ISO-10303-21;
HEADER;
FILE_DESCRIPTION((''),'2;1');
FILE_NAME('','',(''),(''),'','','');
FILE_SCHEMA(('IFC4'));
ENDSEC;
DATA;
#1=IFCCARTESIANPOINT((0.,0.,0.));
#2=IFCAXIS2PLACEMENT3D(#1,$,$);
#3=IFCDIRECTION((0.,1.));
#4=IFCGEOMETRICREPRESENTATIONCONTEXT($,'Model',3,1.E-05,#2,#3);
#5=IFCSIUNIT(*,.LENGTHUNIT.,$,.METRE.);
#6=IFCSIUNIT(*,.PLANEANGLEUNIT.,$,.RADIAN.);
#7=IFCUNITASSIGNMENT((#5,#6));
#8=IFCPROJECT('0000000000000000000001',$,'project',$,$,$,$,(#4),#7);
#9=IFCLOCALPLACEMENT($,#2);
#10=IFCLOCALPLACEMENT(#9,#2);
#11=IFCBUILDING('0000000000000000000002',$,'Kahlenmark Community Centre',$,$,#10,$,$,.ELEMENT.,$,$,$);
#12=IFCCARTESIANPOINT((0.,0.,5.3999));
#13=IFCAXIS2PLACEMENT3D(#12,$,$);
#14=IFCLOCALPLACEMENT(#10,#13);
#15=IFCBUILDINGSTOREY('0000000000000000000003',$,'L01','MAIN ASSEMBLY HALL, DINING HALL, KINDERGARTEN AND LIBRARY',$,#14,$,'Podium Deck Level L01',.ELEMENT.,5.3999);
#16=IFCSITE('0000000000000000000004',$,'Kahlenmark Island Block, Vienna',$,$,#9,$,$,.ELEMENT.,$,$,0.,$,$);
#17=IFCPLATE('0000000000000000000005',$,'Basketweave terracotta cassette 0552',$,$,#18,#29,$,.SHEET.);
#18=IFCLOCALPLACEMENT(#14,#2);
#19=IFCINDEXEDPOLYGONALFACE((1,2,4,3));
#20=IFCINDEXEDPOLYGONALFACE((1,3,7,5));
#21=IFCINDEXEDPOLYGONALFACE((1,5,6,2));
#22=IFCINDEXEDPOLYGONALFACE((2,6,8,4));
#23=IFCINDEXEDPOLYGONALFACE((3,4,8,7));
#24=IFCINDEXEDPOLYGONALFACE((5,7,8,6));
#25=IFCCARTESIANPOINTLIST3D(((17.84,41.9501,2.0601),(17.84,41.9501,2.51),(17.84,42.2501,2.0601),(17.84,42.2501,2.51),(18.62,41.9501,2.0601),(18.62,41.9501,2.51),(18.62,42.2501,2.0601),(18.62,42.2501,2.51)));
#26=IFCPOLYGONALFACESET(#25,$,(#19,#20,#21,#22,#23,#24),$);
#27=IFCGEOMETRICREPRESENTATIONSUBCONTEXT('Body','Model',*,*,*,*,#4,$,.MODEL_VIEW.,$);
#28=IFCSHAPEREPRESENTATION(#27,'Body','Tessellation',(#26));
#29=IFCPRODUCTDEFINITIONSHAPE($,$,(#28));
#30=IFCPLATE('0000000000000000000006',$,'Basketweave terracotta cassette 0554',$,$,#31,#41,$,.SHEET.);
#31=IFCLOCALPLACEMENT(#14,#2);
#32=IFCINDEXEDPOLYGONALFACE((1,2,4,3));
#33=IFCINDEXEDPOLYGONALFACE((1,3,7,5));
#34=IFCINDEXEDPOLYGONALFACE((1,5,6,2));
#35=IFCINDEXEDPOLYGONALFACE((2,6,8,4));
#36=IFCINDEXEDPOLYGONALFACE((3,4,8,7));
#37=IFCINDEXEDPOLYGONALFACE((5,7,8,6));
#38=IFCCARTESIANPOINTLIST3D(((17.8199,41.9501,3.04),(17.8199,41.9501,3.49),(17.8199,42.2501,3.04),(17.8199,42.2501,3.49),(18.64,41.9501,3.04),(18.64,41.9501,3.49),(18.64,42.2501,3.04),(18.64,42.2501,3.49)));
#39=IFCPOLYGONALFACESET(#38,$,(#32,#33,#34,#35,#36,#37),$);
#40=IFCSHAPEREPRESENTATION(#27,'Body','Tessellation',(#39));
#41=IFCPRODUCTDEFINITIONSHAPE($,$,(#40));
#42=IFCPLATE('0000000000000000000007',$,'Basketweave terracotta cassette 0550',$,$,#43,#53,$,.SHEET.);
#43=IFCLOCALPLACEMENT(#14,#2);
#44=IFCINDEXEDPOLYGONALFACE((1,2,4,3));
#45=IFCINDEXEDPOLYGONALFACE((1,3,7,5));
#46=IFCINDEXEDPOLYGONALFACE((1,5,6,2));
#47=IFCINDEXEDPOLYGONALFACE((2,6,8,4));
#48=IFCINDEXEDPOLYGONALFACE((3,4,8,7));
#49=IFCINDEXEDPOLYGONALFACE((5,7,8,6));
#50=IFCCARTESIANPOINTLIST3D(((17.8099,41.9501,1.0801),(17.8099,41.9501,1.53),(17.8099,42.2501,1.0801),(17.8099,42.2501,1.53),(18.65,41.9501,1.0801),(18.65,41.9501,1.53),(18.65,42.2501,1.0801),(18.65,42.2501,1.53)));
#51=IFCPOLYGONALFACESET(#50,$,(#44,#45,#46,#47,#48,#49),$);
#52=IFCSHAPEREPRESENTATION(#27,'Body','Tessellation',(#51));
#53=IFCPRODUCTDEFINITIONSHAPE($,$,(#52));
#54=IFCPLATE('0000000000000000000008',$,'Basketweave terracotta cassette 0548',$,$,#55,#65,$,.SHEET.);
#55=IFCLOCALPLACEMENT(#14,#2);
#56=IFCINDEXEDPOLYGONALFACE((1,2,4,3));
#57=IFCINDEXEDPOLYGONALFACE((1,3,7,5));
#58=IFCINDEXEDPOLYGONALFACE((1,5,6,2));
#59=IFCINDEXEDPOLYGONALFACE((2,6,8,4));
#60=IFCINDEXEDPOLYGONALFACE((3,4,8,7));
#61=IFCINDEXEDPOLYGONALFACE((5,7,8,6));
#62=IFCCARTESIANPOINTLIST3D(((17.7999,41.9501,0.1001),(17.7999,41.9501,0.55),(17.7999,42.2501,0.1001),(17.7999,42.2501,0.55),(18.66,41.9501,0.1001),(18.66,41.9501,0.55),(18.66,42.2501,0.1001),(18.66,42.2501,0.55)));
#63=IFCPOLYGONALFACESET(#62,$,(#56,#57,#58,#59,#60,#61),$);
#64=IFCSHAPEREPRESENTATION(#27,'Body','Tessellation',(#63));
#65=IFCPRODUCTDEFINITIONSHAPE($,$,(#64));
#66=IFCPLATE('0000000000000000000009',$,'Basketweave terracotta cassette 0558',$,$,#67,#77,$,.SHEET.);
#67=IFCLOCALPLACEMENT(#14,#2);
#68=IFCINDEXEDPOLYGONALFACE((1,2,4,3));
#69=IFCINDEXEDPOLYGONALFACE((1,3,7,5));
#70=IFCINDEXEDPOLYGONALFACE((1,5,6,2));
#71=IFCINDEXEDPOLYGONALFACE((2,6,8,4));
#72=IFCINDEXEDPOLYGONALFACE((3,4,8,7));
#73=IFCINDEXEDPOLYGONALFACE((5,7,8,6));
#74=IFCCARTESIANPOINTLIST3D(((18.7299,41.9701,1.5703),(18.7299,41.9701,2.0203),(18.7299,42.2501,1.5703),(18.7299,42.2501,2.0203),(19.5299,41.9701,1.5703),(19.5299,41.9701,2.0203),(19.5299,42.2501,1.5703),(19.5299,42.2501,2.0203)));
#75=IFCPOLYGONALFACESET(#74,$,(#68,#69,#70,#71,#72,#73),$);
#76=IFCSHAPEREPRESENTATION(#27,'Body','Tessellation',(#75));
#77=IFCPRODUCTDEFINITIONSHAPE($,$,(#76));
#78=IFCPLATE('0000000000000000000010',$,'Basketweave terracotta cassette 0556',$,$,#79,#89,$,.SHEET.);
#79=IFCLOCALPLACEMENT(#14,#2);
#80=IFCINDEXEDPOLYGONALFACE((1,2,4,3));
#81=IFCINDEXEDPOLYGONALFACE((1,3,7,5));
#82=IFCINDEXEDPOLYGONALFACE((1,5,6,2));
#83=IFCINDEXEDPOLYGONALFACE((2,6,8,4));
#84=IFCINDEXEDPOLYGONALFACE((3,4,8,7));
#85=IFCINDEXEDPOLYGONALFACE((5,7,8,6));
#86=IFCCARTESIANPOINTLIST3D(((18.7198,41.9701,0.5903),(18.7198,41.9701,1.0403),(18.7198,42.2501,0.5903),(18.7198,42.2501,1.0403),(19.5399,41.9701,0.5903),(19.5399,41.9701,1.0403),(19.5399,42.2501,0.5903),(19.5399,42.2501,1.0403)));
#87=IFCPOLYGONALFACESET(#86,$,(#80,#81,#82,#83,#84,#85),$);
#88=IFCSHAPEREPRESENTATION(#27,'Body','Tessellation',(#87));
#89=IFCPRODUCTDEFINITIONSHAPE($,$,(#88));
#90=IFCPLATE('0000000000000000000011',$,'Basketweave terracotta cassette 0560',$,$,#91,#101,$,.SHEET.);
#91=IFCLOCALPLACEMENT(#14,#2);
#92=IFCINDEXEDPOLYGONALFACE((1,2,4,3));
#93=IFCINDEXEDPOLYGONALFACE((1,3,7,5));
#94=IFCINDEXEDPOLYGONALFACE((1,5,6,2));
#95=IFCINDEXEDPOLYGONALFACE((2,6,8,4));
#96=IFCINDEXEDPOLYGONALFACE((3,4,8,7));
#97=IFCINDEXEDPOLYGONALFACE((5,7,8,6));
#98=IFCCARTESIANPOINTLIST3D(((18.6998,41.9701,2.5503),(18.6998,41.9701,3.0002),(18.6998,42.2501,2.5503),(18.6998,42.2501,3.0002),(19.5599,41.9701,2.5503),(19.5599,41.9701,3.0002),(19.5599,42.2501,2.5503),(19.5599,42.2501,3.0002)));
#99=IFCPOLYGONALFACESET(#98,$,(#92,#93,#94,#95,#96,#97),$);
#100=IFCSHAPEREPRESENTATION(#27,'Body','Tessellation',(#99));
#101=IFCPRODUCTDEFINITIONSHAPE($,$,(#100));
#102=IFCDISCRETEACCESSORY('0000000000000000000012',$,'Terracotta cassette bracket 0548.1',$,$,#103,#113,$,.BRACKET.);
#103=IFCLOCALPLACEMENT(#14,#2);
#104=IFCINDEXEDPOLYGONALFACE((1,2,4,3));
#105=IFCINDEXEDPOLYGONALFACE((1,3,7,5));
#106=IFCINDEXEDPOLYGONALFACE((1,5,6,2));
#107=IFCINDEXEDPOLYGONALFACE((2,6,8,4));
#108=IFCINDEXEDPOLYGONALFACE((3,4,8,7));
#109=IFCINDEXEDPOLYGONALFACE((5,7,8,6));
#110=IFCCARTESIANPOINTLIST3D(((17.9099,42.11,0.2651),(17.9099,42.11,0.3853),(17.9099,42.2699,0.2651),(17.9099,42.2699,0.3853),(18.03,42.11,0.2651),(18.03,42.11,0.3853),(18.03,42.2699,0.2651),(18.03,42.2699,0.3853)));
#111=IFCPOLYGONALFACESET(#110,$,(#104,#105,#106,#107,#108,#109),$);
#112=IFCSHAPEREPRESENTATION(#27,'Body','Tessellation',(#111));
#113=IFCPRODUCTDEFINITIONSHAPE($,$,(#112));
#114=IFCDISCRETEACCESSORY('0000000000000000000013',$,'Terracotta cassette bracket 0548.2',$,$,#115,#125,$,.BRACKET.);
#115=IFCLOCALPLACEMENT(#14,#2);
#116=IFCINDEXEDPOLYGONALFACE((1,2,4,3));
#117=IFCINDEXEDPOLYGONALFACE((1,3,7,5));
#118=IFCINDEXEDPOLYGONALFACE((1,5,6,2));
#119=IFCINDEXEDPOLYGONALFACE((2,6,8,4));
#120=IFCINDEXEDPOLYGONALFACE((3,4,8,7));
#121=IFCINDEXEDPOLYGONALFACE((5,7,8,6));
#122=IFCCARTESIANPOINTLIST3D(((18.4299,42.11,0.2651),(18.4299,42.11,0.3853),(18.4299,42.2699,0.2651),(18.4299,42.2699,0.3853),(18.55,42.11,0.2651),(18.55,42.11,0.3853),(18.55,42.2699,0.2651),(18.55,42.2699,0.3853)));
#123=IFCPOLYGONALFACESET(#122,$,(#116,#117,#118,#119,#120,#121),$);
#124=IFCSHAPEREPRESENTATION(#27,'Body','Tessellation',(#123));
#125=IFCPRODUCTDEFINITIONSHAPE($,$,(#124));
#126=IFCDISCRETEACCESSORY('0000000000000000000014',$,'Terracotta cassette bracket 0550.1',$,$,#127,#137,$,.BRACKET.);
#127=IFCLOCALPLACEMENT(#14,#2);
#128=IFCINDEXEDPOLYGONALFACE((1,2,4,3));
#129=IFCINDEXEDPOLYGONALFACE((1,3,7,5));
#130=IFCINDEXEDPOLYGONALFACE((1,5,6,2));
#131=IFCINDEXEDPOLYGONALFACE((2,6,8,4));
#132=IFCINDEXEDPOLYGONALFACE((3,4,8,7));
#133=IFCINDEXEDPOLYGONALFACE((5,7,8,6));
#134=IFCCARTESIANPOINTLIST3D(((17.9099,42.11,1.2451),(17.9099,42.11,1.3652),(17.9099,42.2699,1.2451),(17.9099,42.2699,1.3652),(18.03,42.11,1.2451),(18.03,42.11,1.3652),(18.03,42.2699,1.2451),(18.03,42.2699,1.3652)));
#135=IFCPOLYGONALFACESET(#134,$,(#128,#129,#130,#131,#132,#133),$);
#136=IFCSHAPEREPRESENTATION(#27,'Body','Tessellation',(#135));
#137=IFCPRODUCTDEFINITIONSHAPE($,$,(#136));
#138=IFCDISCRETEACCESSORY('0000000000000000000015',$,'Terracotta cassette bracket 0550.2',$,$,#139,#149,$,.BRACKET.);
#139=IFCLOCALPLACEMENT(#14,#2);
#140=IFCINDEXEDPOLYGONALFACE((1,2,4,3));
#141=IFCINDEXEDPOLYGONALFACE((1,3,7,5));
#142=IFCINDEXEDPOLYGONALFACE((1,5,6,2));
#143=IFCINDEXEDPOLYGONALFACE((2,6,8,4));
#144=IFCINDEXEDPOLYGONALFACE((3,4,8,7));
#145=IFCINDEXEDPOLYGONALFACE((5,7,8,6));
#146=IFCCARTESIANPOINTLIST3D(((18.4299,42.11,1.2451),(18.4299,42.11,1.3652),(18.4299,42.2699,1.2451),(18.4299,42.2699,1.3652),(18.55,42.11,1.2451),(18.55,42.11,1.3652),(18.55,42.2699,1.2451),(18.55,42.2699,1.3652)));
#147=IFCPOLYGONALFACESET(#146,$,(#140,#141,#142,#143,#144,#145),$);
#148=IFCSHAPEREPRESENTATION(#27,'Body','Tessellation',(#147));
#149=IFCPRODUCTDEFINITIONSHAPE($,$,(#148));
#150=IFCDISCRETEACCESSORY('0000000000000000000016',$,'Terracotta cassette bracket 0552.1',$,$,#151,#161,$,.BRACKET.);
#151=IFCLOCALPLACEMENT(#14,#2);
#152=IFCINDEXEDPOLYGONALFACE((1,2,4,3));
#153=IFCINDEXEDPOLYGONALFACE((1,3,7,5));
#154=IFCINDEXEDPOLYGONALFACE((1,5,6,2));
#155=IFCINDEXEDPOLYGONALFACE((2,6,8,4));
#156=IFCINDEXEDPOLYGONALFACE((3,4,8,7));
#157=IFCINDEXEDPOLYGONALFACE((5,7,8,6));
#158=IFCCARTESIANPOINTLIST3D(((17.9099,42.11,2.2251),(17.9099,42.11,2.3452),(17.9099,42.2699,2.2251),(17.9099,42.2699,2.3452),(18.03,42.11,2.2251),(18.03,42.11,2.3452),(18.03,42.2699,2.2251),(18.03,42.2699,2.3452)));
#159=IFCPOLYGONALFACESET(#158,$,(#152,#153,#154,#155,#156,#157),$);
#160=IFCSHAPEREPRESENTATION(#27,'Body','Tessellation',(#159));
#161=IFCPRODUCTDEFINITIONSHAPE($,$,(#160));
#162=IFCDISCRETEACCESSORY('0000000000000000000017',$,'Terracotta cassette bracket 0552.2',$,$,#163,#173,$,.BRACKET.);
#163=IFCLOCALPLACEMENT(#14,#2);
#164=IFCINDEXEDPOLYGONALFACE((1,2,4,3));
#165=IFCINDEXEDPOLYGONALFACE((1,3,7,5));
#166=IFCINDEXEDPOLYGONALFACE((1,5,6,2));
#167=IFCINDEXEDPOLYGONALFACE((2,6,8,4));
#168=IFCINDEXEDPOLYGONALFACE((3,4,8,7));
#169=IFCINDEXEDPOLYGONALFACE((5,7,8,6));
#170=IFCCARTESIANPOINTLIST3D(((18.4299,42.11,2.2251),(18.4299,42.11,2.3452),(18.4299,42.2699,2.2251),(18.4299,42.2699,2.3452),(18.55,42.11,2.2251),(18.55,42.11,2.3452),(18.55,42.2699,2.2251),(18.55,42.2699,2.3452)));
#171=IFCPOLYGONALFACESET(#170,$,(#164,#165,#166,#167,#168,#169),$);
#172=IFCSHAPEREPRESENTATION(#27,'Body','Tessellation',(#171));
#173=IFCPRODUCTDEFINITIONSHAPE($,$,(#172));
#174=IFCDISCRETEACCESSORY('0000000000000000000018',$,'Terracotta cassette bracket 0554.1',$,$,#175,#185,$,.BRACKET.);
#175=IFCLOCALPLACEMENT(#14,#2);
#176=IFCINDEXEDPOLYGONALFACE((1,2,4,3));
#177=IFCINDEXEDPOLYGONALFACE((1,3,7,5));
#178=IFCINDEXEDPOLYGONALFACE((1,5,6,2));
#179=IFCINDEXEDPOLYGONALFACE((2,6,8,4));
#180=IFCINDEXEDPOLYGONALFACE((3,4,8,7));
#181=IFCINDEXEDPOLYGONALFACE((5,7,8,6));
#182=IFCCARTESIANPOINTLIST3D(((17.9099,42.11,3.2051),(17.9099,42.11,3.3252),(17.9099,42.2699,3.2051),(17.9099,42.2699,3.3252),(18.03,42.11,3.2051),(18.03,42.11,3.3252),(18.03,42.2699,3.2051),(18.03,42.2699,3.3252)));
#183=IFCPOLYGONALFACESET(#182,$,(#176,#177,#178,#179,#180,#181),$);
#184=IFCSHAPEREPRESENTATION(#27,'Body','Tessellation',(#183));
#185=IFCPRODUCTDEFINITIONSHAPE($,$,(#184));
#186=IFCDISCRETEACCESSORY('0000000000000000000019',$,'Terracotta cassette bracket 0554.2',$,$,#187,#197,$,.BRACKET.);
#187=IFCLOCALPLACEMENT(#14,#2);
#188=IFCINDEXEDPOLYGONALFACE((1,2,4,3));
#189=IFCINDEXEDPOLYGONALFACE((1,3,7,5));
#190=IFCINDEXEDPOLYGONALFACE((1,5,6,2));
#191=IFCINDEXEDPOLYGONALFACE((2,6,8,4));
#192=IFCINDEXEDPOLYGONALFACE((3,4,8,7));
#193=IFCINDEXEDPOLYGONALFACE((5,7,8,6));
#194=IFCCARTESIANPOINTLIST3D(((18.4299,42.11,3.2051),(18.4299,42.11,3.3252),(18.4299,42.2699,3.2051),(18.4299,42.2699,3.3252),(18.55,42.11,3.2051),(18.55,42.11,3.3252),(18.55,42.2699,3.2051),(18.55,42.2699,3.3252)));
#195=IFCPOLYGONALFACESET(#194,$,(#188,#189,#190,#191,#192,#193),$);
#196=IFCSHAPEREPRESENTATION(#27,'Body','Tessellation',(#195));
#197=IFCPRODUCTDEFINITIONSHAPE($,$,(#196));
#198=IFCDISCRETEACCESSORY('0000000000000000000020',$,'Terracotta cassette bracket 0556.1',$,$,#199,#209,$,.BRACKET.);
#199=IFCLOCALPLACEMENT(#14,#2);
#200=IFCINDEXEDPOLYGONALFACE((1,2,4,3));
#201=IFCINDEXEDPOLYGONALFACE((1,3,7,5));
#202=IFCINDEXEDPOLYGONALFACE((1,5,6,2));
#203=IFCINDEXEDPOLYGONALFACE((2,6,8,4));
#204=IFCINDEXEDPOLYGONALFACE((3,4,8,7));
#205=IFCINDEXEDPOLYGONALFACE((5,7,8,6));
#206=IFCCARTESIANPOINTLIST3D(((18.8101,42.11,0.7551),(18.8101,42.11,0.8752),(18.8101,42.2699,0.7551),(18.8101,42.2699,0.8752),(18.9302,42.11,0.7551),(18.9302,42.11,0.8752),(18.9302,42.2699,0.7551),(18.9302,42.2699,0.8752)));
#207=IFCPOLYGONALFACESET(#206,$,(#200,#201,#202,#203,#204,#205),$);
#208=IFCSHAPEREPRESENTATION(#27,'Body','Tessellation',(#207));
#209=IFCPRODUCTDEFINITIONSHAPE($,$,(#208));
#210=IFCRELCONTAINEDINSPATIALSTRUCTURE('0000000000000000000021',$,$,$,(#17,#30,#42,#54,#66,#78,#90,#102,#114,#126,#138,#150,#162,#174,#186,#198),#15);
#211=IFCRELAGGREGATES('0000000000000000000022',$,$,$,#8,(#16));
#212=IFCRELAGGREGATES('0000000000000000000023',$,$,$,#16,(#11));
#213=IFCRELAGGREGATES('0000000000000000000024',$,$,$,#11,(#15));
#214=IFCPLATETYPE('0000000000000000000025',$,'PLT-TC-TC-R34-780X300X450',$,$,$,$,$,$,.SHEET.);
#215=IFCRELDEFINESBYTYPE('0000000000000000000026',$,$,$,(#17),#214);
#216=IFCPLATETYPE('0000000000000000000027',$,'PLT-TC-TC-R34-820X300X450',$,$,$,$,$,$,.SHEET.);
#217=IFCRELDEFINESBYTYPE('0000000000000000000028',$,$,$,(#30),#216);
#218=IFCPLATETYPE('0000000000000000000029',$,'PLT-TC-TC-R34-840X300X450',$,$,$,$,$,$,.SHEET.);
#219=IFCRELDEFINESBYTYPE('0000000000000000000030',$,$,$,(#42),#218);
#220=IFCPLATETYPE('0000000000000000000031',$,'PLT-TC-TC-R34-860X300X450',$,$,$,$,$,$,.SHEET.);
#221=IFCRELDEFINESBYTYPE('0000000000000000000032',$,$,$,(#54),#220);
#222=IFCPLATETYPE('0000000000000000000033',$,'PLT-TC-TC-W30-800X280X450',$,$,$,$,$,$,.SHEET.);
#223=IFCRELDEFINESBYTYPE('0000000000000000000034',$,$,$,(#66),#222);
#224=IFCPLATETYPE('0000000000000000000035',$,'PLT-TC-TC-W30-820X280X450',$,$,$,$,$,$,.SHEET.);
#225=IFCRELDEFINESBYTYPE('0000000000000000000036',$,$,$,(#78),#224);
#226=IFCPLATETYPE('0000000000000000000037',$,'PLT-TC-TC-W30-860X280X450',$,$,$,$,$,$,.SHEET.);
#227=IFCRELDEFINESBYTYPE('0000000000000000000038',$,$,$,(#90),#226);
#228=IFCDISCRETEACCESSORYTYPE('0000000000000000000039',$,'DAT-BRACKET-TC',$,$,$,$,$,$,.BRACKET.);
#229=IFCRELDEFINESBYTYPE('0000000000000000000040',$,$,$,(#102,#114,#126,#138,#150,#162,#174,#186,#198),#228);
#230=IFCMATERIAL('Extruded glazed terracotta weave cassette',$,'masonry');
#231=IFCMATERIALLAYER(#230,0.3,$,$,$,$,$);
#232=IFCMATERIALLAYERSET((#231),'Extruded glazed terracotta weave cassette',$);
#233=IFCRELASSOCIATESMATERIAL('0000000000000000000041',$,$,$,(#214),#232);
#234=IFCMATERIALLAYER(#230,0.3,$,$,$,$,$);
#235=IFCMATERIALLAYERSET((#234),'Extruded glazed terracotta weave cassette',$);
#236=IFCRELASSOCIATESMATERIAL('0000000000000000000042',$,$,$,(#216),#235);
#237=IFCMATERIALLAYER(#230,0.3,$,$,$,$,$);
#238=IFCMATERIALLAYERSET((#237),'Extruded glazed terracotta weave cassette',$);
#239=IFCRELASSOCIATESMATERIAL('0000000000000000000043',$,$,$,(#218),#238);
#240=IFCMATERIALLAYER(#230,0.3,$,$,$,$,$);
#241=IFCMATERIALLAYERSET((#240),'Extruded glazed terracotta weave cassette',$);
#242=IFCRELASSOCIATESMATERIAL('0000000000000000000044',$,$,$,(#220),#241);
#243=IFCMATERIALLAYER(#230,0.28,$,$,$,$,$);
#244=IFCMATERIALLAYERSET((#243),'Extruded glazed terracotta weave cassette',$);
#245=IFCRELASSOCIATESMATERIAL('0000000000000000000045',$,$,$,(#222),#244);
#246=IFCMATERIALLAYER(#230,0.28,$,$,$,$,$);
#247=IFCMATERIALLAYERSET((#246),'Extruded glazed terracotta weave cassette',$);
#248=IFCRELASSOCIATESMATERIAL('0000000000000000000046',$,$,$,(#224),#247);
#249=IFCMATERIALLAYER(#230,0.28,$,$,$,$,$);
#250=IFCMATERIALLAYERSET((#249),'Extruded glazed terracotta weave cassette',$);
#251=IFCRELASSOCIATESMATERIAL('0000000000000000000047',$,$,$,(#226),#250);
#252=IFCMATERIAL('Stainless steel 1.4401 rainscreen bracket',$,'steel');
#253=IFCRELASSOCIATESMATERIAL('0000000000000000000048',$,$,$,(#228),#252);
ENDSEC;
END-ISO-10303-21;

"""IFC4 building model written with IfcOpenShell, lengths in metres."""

from ifc_helpers import new_model, si_unit, direction, frame, origin, origin_2d, place, context, subcontext, project, spatial, rectangle, extrude, material, layer, layer_set, type_object, element, save


model = new_model("IFC4")

# Units and contexts
model_context = context("Model", 3, precision=1e-05, world=origin(), true_north=direction((0.0, 1.0)))
body_context = subcontext(model_context, "Body", "Model", "MODEL_VIEW")
ifc_project = project(units=[si_unit("LENGTHUNIT", "METRE"), si_unit("PLANEANGLEUNIT", "RADIAN")], contexts=[model_context])

# Site, building, storey
site_placement = place(None, origin())
site = spatial("IfcSite", under=ifc_project, at=site_placement, Name="Kahlenmark Island Block, Vienna", CompositionType="ELEMENT", RefElevation=0.0)
building_placement = place(site_placement, origin())
building = spatial("IfcBuilding", under=site, at=building_placement, Name="Kahlenmark Community Centre", CompositionType="ELEMENT")
storey_placement = place(building_placement, frame((0.0, 0.0, 5.3999)))
storey = spatial("IfcBuildingStorey", under=building, at=storey_placement, Name="L01", Description="MAIN ASSEMBLY HALL, DINING HALL, KINDERGARTEN AND LIBRARY", LongName="Podium Deck Level L01", CompositionType="ELEMENT", Elevation=5.3999)

# Plates
ifc_material_1 = material(Name="Extruded glazed terracotta weave cassette", Category="masonry")
ifc_layer_1 = layer(ifc_material_1, 0.3)
ifc_layer_set_1 = layer_set([ifc_layer_1], Name="Extruded glazed terracotta weave cassette")
plate_type_1 = type_object("IfcPlateType", Name="PLT-TC-TC-R34-780X300X450", PredefinedType="SHEET", material=ifc_layer_set_1)
plate_1_placement = place(storey_placement, frame((18.23, 42.1001, 2.0601), z_axis=(0.0, 0.0, 1.0), x_axis=(1.0, 0.0, 0.0)))
element("IfcPlate", 1, at=plate_1_placement, inside=storey, type_object=plate_type_1, Name="Basketweave terracotta cassette 0552", PredefinedType="SHEET", context=body_context, shape_type="SweptSolid", body=[
    extrude(rectangle(XDim=0.78, YDim=0.3, at=origin_2d()), origin(), (0.0, 0.0, 1.0), 0.45),
])
ifc_layer_2 = layer(ifc_material_1, 0.3)
ifc_layer_set_2 = layer_set([ifc_layer_2], Name="Extruded glazed terracotta weave cassette")
plate_type_2 = type_object("IfcPlateType", Name="PLT-TC-TC-R34-820X300X450", PredefinedType="SHEET", material=ifc_layer_set_2)
plate_2_placement = place(storey_placement, frame((18.23, 42.1001, 3.04), z_axis=(0.0, 0.0, 1.0), x_axis=(1.0, 0.0, 0.0)))
element("IfcPlate", 2, at=plate_2_placement, inside=storey, type_object=plate_type_2, Name="Basketweave terracotta cassette 0554", PredefinedType="SHEET", context=body_context, shape_type="SweptSolid", body=[
    extrude(rectangle(XDim=0.8201, YDim=0.3, at=origin_2d()), origin(), (0.0, 0.0, 1.0), 0.45),
])
ifc_layer_3 = layer(ifc_material_1, 0.3)
ifc_layer_set_3 = layer_set([ifc_layer_3], Name="Extruded glazed terracotta weave cassette")
plate_type_3 = type_object("IfcPlateType", Name="PLT-TC-TC-R34-840X300X450", PredefinedType="SHEET", material=ifc_layer_set_3)
plate_3_placement = place(storey_placement, frame((18.23, 42.1001, 1.0801), z_axis=(0.0, 0.0, 1.0), x_axis=(1.0, 0.0, 0.0)))
element("IfcPlate", 3, at=plate_3_placement, inside=storey, type_object=plate_type_3, Name="Basketweave terracotta cassette 0550", PredefinedType="SHEET", context=body_context, shape_type="SweptSolid", body=[
    extrude(rectangle(XDim=0.8401, YDim=0.3, at=origin_2d()), origin(), (0.0, 0.0, 1.0), 0.45),
])
ifc_layer_4 = layer(ifc_material_1, 0.3)
ifc_layer_set_4 = layer_set([ifc_layer_4], Name="Extruded glazed terracotta weave cassette")
plate_type_4 = type_object("IfcPlateType", Name="PLT-TC-TC-R34-860X300X450", PredefinedType="SHEET", material=ifc_layer_set_4)
plate_4_placement = place(storey_placement, frame((18.23, 42.1001, 0.1001), z_axis=(0.0, 0.0, 1.0), x_axis=(1.0, 0.0, 0.0)))
element("IfcPlate", 4, at=plate_4_placement, inside=storey, type_object=plate_type_4, Name="Basketweave terracotta cassette 0548", PredefinedType="SHEET", context=body_context, shape_type="SweptSolid", body=[
    extrude(rectangle(XDim=0.8601, YDim=0.3, at=origin_2d()), origin(), (0.0, 0.0, 1.0), 0.45),
])
ifc_layer_5 = layer(ifc_material_1, 0.28)
ifc_layer_set_5 = layer_set([ifc_layer_5], Name="Extruded glazed terracotta weave cassette")
plate_type_5 = type_object("IfcPlateType", Name="PLT-TC-TC-W30-800X280X450", PredefinedType="SHEET", material=ifc_layer_set_5)
plate_5_placement = place(storey_placement, frame((19.1299, 42.1101, 1.5703), z_axis=(0.0, 0.0, 1.0), x_axis=(1.0, 0.0, 0.0)))
element("IfcPlate", 5, at=plate_5_placement, inside=storey, type_object=plate_type_5, Name="Basketweave terracotta cassette 0558", PredefinedType="SHEET", context=body_context, shape_type="SweptSolid", body=[
    extrude(rectangle(XDim=0.8, YDim=0.28, at=origin_2d()), origin(), (0.0, 0.0, 1.0), 0.45),
])
ifc_layer_6 = layer(ifc_material_1, 0.28)
ifc_layer_set_6 = layer_set([ifc_layer_6], Name="Extruded glazed terracotta weave cassette")
plate_type_6 = type_object("IfcPlateType", Name="PLT-TC-TC-W30-820X280X450", PredefinedType="SHEET", material=ifc_layer_set_6)
plate_6_placement = place(storey_placement, frame((19.1299, 42.1101, 0.5903), z_axis=(0.0, 0.0, 1.0), x_axis=(1.0, 0.0, 0.0)))
element("IfcPlate", 6, at=plate_6_placement, inside=storey, type_object=plate_type_6, Name="Basketweave terracotta cassette 0556", PredefinedType="SHEET", context=body_context, shape_type="SweptSolid", body=[
    extrude(rectangle(XDim=0.8201, YDim=0.28, at=origin_2d()), origin(), (0.0, 0.0, 1.0), 0.45),
])
ifc_layer_7 = layer(ifc_material_1, 0.28)
ifc_layer_set_7 = layer_set([ifc_layer_7], Name="Extruded glazed terracotta weave cassette")
plate_type_7 = type_object("IfcPlateType", Name="PLT-TC-TC-W30-860X280X450", PredefinedType="SHEET", material=ifc_layer_set_7)
plate_7_placement = place(storey_placement, frame((19.1299, 42.1101, 2.5503), z_axis=(0.0, 0.0, 1.0), x_axis=(1.0, 0.0, 0.0)))
element("IfcPlate", 7, at=plate_7_placement, inside=storey, type_object=plate_type_7, Name="Basketweave terracotta cassette 0560", PredefinedType="SHEET", context=body_context, shape_type="SweptSolid", body=[
    extrude(rectangle(XDim=0.8601, YDim=0.28, at=origin_2d()), origin(), (0.0, 0.0, 1.0), 0.45),
])

# Discrete accessories
ifc_material_2 = material(Name="Stainless steel 1.4401 rainscreen bracket", Category="steel")
discrete_accessory_type = type_object("IfcDiscreteAccessoryType", Name="DAT-BRACKET-TC", PredefinedType="BRACKET", material=ifc_material_2)
for number, where, z_axis, x_axis, name in (
    (8, (17.97, 42.1899, 0.2651), (0.0, 0.0, 1.0), (1.0, 0.0, 0.0), "Terracotta cassette bracket 0548.1"),
    (9, (18.49, 42.1899, 0.2651), (0.0, 0.0, 1.0), (1.0, 0.0, 0.0), "Terracotta cassette bracket 0548.2"),
    (10, (17.97, 42.1899, 1.2451), (0.0, 0.0, 1.0), (1.0, 0.0, 0.0), "Terracotta cassette bracket 0550.1"),
    (11, (18.49, 42.1899, 1.2451), (0.0, 0.0, 1.0), (1.0, 0.0, 0.0), "Terracotta cassette bracket 0550.2"),
    (12, (17.97, 42.1899, 2.2251), (0.0, 0.0, 1.0), (1.0, 0.0, 0.0), "Terracotta cassette bracket 0552.1"),
    (13, (18.49, 42.1899, 2.2251), (0.0, 0.0, 1.0), (1.0, 0.0, 0.0), "Terracotta cassette bracket 0552.2"),
    (14, (17.97, 42.1899, 3.2051), (0.0, 0.0, 1.0), (1.0, 0.0, 0.0), "Terracotta cassette bracket 0554.1"),
    (15, (18.49, 42.1899, 3.2051), (0.0, 0.0, 1.0), (1.0, 0.0, 0.0), "Terracotta cassette bracket 0554.2"),
    (16, (18.8701, 42.1899, 0.7551), (0.0, 0.0, 1.0), (1.0, 0.0, 0.0), "Terracotta cassette bracket 0556.1"),
):
    element("IfcDiscreteAccessory", number, at=place(storey_placement, frame(where, z_axis=z_axis, x_axis=x_axis)), inside=storey, type_object=discrete_accessory_type, Name=name, PredefinedType="BRACKET", context=body_context, shape_type="SweptSolid", body=[
        extrude(rectangle(XDim=0.1201, YDim=0.1599, at=origin_2d()), origin(), (0.0, 0.0, 1.0), 0.1201),
    ])

save(model, "model.ifc")
